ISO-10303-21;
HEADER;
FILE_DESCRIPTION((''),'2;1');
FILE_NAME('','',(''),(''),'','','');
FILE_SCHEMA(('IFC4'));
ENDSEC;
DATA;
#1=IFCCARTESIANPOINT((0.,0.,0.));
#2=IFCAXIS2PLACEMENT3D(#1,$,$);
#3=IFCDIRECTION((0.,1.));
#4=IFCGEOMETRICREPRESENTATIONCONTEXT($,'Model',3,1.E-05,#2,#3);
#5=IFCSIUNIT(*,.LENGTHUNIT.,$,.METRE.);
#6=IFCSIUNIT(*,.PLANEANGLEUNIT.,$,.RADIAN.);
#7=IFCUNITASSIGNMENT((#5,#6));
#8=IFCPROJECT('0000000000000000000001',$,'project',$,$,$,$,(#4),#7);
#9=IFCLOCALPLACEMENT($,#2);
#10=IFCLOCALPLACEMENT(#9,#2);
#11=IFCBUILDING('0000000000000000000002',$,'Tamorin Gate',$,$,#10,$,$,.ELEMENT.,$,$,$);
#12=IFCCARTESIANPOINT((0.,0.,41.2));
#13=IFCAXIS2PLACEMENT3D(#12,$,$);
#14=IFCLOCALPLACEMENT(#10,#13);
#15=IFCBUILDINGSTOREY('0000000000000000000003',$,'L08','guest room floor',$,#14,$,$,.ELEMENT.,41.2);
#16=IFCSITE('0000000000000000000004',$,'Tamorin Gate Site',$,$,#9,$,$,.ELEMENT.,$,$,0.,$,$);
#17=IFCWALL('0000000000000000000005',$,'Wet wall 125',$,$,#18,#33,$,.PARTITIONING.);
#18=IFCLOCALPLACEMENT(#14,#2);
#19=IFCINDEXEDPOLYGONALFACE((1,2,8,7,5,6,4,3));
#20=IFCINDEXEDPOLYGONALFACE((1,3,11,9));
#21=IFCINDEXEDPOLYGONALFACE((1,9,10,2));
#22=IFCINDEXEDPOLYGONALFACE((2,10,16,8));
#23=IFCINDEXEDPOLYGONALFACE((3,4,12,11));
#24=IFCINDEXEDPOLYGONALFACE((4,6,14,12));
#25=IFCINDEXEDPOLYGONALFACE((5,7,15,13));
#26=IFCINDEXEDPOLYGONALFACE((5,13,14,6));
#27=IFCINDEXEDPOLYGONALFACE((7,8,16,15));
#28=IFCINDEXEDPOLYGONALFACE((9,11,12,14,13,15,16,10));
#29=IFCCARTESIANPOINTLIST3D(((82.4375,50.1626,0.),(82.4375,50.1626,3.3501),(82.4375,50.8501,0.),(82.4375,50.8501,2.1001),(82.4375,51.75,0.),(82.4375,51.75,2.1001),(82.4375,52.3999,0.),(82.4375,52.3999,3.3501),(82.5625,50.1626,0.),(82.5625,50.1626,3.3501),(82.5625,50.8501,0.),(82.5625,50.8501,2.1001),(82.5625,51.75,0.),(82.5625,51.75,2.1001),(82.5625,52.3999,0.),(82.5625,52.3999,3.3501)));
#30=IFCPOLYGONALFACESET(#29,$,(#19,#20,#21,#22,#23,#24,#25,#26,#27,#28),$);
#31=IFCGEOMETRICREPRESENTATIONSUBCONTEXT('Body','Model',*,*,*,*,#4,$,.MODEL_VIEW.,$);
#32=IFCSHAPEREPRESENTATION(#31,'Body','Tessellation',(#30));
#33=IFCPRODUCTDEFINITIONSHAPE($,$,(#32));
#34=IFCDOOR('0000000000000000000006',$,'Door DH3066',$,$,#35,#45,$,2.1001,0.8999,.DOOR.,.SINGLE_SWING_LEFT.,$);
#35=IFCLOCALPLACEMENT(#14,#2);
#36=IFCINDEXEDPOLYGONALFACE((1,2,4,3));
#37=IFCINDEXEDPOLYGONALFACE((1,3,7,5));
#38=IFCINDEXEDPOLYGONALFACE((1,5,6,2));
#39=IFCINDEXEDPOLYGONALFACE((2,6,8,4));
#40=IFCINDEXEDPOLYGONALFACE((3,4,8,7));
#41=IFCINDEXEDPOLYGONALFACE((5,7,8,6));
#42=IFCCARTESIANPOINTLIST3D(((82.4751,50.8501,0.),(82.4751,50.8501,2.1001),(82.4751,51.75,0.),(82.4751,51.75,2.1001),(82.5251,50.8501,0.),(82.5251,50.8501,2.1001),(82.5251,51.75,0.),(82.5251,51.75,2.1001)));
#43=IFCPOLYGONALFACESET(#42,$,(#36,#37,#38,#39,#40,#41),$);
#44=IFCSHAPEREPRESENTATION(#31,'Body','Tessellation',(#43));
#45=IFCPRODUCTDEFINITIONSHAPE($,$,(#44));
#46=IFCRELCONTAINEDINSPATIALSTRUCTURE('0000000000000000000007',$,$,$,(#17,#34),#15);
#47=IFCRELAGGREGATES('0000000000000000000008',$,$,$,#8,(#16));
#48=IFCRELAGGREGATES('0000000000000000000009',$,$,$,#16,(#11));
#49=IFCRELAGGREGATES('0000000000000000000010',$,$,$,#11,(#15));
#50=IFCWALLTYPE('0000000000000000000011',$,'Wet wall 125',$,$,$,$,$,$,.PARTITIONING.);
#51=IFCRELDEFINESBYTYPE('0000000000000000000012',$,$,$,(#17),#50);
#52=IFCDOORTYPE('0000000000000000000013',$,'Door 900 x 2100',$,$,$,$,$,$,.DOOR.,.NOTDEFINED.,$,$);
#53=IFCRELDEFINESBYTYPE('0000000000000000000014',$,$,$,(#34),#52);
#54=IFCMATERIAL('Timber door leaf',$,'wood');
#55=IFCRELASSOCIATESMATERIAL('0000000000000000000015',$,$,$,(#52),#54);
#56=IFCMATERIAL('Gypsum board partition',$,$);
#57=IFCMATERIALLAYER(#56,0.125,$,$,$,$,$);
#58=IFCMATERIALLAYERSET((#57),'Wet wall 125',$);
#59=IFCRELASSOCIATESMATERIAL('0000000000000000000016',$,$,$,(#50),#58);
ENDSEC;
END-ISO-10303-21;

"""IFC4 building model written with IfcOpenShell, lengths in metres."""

from ifc_helpers import new_model, si_unit, direction, frame, frame_2d, origin, place, context, subcontext, project, spatial, rectangle, extrude, material, layer, layer_set, type_object, element, fill, save


model = new_model("IFC4")

# Units and contexts
model_context = context("Model", 3, precision=1e-05, world=origin(), true_north=direction((0.0, 1.0)))
body_context = subcontext(model_context, "Body", "Model", "MODEL_VIEW")
ifc_project = project(units=[si_unit("LENGTHUNIT", "METRE"), si_unit("PLANEANGLEUNIT", "RADIAN")], contexts=[model_context])

# Site, building, storey
site_placement = place(None, origin())
site = spatial("IfcSite", under=ifc_project, at=site_placement, Name="Tamorin Gate Site", CompositionType="ELEMENT", RefElevation=0.0)
building_placement = place(site_placement, origin())
building = spatial("IfcBuilding", under=site, at=building_placement, Name="Tamorin Gate", CompositionType="ELEMENT")
storey_placement = place(building_placement, frame((0.0, 0.0, 41.2)))
storey = spatial("IfcBuildingStorey", under=building, at=storey_placement, Name="L08", Description="guest room floor", CompositionType="ELEMENT", Elevation=41.2)

# Shared definitions
ifc_material_1 = material(Name="Gypsum board partition")
ifc_material_2 = material(Name="Timber door leaf", Category="wood")
door_type = type_object("IfcDoorType", Name="Door 900 x 2100", OperationType="NOTDEFINED", PredefinedType="DOOR", material=ifc_material_2)

# Shared definitions
ifc_layer_1 = layer(ifc_material_1, 0.125)
ifc_layer_set_1 = layer_set([ifc_layer_1], Name="Wet wall 125")
wall_type_1 = type_object("IfcWallType", Name="Wet wall 125", PredefinedType="PARTITIONING", material=ifc_layer_set_1)

# Wall, opening, door
wall_1_placement = place(storey_placement, frame((82.5, 50.1626, 0.0), z_axis=(0.0, 0.0, 1.0), x_axis=(0.0, 1.0, 0.0)))
wall_1 = element("IfcWall", 1, at=wall_1_placement, inside=storey, type_object=wall_type_1, Name="Wet wall 125", PredefinedType="PARTITIONING", context=body_context, shape_type="SweptSolid", body=[
    extrude(rectangle(XDim=2.2373, YDim=0.125, at=frame_2d((1.1187, 0.0))), origin(), (0.0, 0.0, 1.0), 3.3501),
])
opening_1_placement = place(wall_1_placement, frame((0.6875, 0.0, 0.0)))
opening_1 = element("IfcOpeningElement", 2, at=opening_1_placement, cuts=wall_1, PredefinedType="OPENING", context=body_context, shape_type="SweptSolid", body=[
    extrude(rectangle(XDim=0.8999, YDim=2.1001, at=frame_2d((0.45, 1.05))), frame((0.0, 0.0725, 0.0), z_axis=(0.0, -1.0, 0.0), x_axis=(1.0, 0.0, 0.0)), (0.0, 0.0, 1.0), 0.145),
])
door_1_placement = place(opening_1_placement, origin())
door_1 = element("IfcDoor", 3, at=door_1_placement, inside=storey, type_object=door_type, Name="Door DH3066", OperationType="SINGLE_SWING_LEFT", OverallHeight=2.1001, OverallWidth=0.8999, PredefinedType="DOOR", context=body_context, shape_type="SweptSolid", body=[
    extrude(rectangle(XDim=0.8999, YDim=2.1001, at=frame_2d((0.45, 1.05))), frame((0.0, 0.0249, 0.0), z_axis=(0.0, -1.0, 0.0), x_axis=(1.0, 0.0, 0.0)), (0.0, 0.0, 1.0), 0.05),
])
fill(opening_1, door_1)

save(model, "model.ifc")
